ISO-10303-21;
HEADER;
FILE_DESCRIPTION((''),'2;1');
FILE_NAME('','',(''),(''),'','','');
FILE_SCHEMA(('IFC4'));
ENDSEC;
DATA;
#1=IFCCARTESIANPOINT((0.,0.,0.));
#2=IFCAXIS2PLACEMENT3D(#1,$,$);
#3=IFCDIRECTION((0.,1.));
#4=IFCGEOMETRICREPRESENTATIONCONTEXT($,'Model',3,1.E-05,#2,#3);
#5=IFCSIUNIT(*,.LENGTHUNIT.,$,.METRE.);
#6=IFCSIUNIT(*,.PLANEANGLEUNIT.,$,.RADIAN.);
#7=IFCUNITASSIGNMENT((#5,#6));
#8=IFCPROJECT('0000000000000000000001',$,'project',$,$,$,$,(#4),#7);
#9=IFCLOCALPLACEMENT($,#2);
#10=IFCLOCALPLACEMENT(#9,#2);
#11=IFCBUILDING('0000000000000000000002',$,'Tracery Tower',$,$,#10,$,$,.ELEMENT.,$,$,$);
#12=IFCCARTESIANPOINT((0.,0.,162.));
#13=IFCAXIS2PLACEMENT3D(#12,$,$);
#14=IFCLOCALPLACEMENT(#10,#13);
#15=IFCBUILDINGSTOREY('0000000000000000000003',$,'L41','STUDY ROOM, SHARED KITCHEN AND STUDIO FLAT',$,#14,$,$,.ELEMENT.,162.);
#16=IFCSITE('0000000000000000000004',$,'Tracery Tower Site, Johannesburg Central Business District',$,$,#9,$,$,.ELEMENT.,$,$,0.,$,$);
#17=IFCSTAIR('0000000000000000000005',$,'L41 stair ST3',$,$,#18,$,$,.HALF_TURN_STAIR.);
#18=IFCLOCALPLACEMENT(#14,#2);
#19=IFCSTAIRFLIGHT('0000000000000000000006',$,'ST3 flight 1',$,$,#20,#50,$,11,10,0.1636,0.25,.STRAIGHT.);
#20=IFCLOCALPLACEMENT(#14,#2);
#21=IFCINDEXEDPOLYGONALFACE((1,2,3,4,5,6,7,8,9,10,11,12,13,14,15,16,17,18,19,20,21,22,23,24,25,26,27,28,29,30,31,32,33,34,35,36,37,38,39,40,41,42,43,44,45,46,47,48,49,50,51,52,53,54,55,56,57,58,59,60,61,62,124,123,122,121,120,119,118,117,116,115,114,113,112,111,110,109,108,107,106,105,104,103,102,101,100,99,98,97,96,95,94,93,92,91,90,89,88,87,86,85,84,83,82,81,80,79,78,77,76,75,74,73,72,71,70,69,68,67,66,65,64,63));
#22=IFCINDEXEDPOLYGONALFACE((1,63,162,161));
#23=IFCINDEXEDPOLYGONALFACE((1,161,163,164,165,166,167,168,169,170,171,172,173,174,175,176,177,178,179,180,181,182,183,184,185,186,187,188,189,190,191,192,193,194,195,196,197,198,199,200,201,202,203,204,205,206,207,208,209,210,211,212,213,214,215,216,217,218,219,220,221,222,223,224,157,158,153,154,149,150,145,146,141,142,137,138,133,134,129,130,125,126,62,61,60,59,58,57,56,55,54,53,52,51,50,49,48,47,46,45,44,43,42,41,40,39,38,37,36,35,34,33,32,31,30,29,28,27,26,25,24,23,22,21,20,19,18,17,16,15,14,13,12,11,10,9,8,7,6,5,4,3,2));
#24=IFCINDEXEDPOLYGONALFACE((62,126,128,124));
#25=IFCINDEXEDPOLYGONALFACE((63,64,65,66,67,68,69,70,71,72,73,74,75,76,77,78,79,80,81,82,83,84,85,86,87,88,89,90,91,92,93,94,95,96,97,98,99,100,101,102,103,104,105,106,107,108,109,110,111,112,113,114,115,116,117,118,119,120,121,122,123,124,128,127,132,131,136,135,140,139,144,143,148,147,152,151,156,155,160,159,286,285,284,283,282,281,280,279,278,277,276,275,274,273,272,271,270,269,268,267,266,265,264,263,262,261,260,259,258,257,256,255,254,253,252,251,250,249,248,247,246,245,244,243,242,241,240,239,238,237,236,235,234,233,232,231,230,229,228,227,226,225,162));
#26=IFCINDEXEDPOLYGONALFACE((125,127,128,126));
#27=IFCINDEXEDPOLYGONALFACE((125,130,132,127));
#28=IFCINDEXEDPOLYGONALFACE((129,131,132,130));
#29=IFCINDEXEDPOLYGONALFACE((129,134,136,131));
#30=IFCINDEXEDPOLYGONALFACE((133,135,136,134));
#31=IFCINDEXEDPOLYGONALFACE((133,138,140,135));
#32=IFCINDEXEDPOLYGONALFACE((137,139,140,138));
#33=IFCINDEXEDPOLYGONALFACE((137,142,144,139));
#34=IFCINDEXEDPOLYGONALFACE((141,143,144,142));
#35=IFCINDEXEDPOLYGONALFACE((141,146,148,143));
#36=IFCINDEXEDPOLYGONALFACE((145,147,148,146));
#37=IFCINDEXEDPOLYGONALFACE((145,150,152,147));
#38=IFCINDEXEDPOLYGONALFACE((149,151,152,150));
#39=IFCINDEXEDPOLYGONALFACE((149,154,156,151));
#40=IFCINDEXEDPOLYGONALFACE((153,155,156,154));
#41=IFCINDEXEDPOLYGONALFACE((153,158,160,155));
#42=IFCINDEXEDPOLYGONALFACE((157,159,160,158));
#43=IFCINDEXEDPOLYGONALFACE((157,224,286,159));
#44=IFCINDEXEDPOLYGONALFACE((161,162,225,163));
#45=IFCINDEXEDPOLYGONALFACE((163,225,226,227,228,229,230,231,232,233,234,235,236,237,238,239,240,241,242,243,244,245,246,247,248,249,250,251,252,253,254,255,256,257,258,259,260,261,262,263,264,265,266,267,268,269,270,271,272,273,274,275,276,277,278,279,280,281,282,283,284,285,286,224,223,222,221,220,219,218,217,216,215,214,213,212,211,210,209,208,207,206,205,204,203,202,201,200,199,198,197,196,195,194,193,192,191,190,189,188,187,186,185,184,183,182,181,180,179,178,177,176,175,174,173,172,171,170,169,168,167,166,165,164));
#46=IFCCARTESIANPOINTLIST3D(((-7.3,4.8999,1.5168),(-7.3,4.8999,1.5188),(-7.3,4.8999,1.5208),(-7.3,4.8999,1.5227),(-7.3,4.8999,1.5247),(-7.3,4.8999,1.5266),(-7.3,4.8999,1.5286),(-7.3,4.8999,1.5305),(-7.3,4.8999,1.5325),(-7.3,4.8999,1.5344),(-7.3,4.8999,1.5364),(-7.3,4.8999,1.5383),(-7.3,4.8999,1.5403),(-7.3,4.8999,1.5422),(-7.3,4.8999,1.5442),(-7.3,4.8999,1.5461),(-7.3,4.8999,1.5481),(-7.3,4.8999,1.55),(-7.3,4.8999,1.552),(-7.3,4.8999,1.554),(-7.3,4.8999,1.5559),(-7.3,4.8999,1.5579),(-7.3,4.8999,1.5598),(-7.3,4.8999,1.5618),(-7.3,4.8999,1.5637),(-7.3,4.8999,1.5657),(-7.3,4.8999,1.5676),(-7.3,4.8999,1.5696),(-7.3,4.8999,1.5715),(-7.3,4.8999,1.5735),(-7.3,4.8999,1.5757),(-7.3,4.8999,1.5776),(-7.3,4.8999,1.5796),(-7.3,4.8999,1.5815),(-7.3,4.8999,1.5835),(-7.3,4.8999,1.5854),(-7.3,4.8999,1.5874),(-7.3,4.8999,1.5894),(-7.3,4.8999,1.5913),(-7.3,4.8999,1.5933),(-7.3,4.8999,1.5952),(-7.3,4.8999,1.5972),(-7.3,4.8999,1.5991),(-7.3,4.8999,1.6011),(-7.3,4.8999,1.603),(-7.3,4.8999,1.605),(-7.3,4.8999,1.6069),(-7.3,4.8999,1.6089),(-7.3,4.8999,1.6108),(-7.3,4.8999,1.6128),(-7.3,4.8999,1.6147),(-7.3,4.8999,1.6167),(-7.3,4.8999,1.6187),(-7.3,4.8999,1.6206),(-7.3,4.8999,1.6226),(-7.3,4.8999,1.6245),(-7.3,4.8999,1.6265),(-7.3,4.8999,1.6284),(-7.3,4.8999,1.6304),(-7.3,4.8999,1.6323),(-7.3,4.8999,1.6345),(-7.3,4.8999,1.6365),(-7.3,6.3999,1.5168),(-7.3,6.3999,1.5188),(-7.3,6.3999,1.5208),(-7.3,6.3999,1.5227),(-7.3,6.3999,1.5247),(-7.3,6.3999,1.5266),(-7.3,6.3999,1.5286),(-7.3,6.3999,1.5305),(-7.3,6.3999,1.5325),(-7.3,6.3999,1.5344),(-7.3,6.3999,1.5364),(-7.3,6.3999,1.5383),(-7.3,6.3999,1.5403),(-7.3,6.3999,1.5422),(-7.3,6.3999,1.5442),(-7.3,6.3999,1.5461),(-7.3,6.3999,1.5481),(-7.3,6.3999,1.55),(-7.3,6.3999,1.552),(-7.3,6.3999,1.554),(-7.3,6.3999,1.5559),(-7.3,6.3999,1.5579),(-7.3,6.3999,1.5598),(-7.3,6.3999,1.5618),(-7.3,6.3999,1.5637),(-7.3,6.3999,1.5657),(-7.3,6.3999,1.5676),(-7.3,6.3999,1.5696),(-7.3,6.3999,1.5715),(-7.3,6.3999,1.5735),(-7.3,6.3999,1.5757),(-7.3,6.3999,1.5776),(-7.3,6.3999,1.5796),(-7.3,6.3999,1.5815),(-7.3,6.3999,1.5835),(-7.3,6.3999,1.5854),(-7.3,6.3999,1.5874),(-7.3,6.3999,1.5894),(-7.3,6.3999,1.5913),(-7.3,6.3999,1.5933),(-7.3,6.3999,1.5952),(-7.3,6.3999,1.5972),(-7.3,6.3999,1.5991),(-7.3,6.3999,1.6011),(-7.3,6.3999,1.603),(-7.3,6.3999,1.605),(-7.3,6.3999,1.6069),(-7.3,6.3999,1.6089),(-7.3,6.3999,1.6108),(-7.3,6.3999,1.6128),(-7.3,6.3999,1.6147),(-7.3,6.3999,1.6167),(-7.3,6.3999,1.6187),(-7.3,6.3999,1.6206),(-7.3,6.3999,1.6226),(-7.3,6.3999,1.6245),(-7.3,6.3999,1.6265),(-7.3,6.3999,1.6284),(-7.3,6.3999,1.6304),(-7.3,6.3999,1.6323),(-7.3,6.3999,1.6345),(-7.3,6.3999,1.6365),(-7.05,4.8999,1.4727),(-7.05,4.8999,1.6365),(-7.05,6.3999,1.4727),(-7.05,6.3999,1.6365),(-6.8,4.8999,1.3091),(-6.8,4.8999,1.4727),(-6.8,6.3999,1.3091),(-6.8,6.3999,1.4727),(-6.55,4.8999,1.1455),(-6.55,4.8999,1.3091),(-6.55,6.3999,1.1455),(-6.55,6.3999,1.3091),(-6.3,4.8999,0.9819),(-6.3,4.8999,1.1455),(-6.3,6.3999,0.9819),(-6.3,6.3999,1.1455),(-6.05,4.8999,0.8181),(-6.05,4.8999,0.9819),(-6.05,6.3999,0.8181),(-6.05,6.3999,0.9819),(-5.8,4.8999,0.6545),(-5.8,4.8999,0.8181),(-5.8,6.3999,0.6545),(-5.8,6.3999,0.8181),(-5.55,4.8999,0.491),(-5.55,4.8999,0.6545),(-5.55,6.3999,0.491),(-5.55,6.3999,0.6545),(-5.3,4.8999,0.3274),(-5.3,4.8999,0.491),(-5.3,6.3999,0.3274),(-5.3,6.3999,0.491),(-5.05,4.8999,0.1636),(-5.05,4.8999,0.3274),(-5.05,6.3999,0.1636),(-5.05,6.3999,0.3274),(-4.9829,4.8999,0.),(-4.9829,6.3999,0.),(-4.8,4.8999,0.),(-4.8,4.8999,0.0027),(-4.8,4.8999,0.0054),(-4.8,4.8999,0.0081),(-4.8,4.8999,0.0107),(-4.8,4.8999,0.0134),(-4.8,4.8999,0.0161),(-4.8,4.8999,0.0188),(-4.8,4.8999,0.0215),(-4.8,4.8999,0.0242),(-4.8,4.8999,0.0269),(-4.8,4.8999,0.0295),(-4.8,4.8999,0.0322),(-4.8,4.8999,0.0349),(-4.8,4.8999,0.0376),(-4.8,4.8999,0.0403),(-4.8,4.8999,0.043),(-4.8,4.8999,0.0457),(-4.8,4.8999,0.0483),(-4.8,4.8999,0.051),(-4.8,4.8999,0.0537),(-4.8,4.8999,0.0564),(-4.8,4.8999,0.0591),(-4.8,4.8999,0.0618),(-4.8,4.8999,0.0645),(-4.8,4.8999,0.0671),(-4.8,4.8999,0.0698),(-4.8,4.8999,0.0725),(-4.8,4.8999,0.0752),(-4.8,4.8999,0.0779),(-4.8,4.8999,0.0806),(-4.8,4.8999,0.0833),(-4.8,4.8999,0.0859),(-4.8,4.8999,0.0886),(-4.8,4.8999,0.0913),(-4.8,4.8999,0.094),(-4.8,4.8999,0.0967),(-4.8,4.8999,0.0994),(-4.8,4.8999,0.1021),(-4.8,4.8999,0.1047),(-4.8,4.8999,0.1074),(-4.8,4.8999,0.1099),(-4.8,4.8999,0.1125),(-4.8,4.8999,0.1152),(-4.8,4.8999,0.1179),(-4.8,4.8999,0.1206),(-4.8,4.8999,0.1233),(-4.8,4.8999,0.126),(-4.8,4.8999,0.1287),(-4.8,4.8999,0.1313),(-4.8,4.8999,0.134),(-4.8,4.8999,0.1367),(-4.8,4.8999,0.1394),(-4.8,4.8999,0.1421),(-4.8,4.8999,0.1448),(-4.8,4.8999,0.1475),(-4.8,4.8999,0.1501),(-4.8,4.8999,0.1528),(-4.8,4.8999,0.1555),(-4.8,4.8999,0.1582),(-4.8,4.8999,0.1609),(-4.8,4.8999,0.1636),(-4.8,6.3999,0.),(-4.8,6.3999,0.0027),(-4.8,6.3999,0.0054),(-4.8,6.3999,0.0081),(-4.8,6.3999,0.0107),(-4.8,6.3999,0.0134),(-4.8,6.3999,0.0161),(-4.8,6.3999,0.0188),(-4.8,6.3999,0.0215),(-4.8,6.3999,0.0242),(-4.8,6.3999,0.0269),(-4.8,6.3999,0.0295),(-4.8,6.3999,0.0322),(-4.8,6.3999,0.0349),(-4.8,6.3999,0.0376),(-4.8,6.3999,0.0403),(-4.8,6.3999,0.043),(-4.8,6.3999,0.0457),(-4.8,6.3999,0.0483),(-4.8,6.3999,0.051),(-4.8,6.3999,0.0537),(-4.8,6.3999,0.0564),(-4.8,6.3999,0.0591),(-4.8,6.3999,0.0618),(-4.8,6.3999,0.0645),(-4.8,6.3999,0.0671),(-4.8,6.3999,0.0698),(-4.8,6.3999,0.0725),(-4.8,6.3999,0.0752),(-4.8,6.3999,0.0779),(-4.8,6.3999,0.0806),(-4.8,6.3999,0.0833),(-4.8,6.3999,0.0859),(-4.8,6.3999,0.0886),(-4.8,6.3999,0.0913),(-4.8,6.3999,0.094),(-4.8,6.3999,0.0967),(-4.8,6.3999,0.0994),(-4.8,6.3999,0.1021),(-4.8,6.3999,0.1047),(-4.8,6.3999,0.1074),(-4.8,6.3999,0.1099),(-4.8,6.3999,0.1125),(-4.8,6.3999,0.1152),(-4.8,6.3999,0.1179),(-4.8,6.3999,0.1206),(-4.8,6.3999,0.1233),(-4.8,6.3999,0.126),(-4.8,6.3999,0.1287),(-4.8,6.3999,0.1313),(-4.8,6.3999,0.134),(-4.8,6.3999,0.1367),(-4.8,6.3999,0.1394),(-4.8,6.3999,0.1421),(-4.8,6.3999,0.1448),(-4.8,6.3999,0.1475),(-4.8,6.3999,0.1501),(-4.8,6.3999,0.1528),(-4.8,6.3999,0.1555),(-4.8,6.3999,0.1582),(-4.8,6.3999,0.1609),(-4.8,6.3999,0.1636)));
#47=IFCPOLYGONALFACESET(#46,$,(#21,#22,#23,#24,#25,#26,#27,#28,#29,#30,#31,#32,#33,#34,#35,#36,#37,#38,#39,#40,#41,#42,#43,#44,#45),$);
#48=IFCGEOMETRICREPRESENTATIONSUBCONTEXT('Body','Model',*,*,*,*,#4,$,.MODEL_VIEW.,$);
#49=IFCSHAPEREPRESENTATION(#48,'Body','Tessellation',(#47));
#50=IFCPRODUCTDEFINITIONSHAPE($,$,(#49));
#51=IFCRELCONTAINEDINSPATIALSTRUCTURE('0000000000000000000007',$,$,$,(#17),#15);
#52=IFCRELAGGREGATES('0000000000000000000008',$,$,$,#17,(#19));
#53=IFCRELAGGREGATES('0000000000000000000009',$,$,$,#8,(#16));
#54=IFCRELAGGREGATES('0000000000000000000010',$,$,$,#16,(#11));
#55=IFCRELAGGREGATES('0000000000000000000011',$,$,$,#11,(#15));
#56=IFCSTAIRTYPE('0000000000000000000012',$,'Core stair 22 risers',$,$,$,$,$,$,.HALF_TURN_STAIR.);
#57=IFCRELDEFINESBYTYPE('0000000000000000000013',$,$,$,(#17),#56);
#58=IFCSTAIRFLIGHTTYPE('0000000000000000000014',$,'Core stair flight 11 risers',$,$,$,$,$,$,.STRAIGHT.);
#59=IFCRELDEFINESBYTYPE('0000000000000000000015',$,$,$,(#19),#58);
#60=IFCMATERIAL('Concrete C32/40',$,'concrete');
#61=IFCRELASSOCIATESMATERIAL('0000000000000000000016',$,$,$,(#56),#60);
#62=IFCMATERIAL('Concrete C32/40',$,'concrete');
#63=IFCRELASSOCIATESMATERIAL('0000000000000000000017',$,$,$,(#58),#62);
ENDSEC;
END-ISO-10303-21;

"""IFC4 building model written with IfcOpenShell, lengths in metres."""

from ifc_helpers import new_model, si_unit, direction, frame, origin, place, context, subcontext, project, spatial, polyline, outline, extrude, material, type_object, element, aggregate, save


model = new_model("IFC4")

# Units and contexts
model_context = context("Model", 3, precision=1e-05, world=origin(), true_north=direction((0.0, 1.0)))
body_context = subcontext(model_context, "Body", "Model", "MODEL_VIEW")
ifc_project = project(units=[si_unit("LENGTHUNIT", "METRE"), si_unit("PLANEANGLEUNIT", "RADIAN")], contexts=[model_context])

# Site, building, storey
site_placement = place(None, origin())
site = spatial("IfcSite", under=ifc_project, at=site_placement, Name="Tracery Tower Site, Johannesburg Central Business District", CompositionType="ELEMENT", RefElevation=0.0)
building_placement = place(site_placement, origin())
building = spatial("IfcBuilding", under=site, at=building_placement, Name="Tracery Tower", CompositionType="ELEMENT")
storey_placement = place(building_placement, frame((0.0, 0.0, 162.0)))
storey = spatial("IfcBuildingStorey", under=building, at=storey_placement, Name="L41", Description="STUDY ROOM, SHARED KITCHEN AND STUDIO FLAT", CompositionType="ELEMENT", Elevation=162.0)

# Stair, stair flight
ifc_material_1 = material(Name="Concrete C32/40", Category="concrete")
stair_type = type_object("IfcStairType", Name="Core stair 22 risers", PredefinedType="HALF_TURN_STAIR", material=ifc_material_1)
stair_placement = place(storey_placement, origin())
stair = element("IfcStair", 1, at=stair_placement, inside=storey, type_object=stair_type, Name="L41 stair ST3", PredefinedType="HALF_TURN_STAIR")
ifc_material_2 = material(Name="Concrete C32/40", Category="concrete")
stair_flight_type = type_object("IfcStairFlightType", Name="Core stair flight 11 risers", PredefinedType="STRAIGHT", material=ifc_material_2)
stair_flight_1_placement = place(storey_placement, frame((-4.8, 5.6499, 0.0), z_axis=(0.0, 0.0, 1.0), x_axis=(-1.0, 0.0, 0.0)))
stair_flight_1 = element("IfcStairFlight", 2, at=stair_flight_1_placement, type_object=stair_flight_type, Name="ST3 flight 1", NumberOfRisers=11, NumberOfTreads=10, PredefinedType="STRAIGHT", RiserHeight=0.1636, TreadLength=0.25, context=body_context, shape_type="SweptSolid", body=[
    extrude(outline(polyline([(0.0, 0.0), (0.0, 0.0027), (0.0, 0.0054), (0.0, 0.0081), (0.0, 0.0107), (0.0, 0.0134), (0.0, 0.0161), (0.0, 0.0188), (0.0, 0.0215), (0.0, 0.0242), (0.0, 0.0269), (0.0, 0.0295), (0.0, 0.0322), (0.0, 0.0349), (0.0, 0.0376), (0.0, 0.0403), (0.0, 0.043), (0.0, 0.0457), (0.0, 0.0483), (0.0, 0.051), (0.0, 0.0537), (0.0, 0.0564), (0.0, 0.0591), (0.0, 0.0618), (0.0, 0.0645), (0.0, 0.0671), (0.0, 0.0698), (0.0, 0.0725), (0.0, 0.0752), (0.0, 0.0779), (0.0, 0.0806), (0.0, 0.0833), (0.0, 0.0859), (0.0, 0.0886), (0.0, 0.0913), (0.0, 0.094), (0.0, 0.0967), (0.0, 0.0994), (0.0, 0.1021), (0.0, 0.1047), (0.0, 0.1074), (0.0, 0.1099), (0.0, 0.1125), (0.0, 0.1152), (0.0, 0.1179), (0.0, 0.1206), (0.0, 0.1233), (0.0, 0.126), (0.0, 0.1287), (0.0, 0.1313), (0.0, 0.134), (0.0, 0.1367), (0.0, 0.1394), (0.0, 0.1421), (0.0, 0.1448), (0.0, 0.1475), (0.0, 0.1501), (0.0, 0.1528), (0.0, 0.1555), (0.0, 0.1582), (0.0, 0.1609), (0.0, 0.1636), (0.25, 0.1636), (0.25, 0.3274), (0.5, 0.3274), (0.5, 0.491), (0.75, 0.491), (0.75, 0.6545), (1.0, 0.6545), (1.0, 0.8181), (1.25, 0.8181), (1.25, 0.9819), (1.5, 0.9819), (1.5, 1.1455), (1.75, 1.1455), (1.75, 1.3091), (2.0, 1.3091), (2.0, 1.4727), (2.25, 1.4727), (2.25, 1.6365), (2.5, 1.6365), (2.5, 1.6345), (2.5, 1.6323), (2.5, 1.6304), (2.5, 1.6284), (2.5, 1.6265), (2.5, 1.6245), (2.5, 1.6226), (2.5, 1.6206), (2.5, 1.6187), (2.5, 1.6167), (2.5, 1.6147), (2.5, 1.6128), (2.5, 1.6108), (2.5, 1.6089), (2.5, 1.6069), (2.5, 1.605), (2.5, 1.603), (2.5, 1.6011), (2.5, 1.5991), (2.5, 1.5972), (2.5, 1.5952), (2.5, 1.5933), (2.5, 1.5913), (2.5, 1.5894), (2.5, 1.5874), (2.5, 1.5854), (2.5, 1.5835), (2.5, 1.5815), (2.5, 1.5796), (2.5, 1.5776), (2.5, 1.5757), (2.5, 1.5735), (2.5, 1.5715), (2.5, 1.5696), (2.5, 1.5676), (2.5, 1.5657), (2.5, 1.5637), (2.5, 1.5618), (2.5, 1.5598), (2.5, 1.5579), (2.5, 1.5559), (2.5, 1.554), (2.5, 1.552), (2.5, 1.55), (2.5, 1.5481), (2.5, 1.5461), (2.5, 1.5442), (2.5, 1.5422), (2.5, 1.5403), (2.5, 1.5383), (2.5, 1.5364), (2.5, 1.5344), (2.5, 1.5325), (2.5, 1.5305), (2.5, 1.5286), (2.5, 1.5266), (2.5, 1.5247), (2.5, 1.5227), (2.5, 1.5208), (2.5, 1.5188), (2.5, 1.5168), (0.1829, 0.0), (0.0, 0.0)])), frame((0.0, 0.75, 0.0), z_axis=(0.0, -1.0, 0.0), x_axis=(1.0, 0.0, 0.0)), (0.0, 0.0, 1.0), 1.5),
])
aggregate(stair, [stair_flight_1])

save(model, "model.ifc")
